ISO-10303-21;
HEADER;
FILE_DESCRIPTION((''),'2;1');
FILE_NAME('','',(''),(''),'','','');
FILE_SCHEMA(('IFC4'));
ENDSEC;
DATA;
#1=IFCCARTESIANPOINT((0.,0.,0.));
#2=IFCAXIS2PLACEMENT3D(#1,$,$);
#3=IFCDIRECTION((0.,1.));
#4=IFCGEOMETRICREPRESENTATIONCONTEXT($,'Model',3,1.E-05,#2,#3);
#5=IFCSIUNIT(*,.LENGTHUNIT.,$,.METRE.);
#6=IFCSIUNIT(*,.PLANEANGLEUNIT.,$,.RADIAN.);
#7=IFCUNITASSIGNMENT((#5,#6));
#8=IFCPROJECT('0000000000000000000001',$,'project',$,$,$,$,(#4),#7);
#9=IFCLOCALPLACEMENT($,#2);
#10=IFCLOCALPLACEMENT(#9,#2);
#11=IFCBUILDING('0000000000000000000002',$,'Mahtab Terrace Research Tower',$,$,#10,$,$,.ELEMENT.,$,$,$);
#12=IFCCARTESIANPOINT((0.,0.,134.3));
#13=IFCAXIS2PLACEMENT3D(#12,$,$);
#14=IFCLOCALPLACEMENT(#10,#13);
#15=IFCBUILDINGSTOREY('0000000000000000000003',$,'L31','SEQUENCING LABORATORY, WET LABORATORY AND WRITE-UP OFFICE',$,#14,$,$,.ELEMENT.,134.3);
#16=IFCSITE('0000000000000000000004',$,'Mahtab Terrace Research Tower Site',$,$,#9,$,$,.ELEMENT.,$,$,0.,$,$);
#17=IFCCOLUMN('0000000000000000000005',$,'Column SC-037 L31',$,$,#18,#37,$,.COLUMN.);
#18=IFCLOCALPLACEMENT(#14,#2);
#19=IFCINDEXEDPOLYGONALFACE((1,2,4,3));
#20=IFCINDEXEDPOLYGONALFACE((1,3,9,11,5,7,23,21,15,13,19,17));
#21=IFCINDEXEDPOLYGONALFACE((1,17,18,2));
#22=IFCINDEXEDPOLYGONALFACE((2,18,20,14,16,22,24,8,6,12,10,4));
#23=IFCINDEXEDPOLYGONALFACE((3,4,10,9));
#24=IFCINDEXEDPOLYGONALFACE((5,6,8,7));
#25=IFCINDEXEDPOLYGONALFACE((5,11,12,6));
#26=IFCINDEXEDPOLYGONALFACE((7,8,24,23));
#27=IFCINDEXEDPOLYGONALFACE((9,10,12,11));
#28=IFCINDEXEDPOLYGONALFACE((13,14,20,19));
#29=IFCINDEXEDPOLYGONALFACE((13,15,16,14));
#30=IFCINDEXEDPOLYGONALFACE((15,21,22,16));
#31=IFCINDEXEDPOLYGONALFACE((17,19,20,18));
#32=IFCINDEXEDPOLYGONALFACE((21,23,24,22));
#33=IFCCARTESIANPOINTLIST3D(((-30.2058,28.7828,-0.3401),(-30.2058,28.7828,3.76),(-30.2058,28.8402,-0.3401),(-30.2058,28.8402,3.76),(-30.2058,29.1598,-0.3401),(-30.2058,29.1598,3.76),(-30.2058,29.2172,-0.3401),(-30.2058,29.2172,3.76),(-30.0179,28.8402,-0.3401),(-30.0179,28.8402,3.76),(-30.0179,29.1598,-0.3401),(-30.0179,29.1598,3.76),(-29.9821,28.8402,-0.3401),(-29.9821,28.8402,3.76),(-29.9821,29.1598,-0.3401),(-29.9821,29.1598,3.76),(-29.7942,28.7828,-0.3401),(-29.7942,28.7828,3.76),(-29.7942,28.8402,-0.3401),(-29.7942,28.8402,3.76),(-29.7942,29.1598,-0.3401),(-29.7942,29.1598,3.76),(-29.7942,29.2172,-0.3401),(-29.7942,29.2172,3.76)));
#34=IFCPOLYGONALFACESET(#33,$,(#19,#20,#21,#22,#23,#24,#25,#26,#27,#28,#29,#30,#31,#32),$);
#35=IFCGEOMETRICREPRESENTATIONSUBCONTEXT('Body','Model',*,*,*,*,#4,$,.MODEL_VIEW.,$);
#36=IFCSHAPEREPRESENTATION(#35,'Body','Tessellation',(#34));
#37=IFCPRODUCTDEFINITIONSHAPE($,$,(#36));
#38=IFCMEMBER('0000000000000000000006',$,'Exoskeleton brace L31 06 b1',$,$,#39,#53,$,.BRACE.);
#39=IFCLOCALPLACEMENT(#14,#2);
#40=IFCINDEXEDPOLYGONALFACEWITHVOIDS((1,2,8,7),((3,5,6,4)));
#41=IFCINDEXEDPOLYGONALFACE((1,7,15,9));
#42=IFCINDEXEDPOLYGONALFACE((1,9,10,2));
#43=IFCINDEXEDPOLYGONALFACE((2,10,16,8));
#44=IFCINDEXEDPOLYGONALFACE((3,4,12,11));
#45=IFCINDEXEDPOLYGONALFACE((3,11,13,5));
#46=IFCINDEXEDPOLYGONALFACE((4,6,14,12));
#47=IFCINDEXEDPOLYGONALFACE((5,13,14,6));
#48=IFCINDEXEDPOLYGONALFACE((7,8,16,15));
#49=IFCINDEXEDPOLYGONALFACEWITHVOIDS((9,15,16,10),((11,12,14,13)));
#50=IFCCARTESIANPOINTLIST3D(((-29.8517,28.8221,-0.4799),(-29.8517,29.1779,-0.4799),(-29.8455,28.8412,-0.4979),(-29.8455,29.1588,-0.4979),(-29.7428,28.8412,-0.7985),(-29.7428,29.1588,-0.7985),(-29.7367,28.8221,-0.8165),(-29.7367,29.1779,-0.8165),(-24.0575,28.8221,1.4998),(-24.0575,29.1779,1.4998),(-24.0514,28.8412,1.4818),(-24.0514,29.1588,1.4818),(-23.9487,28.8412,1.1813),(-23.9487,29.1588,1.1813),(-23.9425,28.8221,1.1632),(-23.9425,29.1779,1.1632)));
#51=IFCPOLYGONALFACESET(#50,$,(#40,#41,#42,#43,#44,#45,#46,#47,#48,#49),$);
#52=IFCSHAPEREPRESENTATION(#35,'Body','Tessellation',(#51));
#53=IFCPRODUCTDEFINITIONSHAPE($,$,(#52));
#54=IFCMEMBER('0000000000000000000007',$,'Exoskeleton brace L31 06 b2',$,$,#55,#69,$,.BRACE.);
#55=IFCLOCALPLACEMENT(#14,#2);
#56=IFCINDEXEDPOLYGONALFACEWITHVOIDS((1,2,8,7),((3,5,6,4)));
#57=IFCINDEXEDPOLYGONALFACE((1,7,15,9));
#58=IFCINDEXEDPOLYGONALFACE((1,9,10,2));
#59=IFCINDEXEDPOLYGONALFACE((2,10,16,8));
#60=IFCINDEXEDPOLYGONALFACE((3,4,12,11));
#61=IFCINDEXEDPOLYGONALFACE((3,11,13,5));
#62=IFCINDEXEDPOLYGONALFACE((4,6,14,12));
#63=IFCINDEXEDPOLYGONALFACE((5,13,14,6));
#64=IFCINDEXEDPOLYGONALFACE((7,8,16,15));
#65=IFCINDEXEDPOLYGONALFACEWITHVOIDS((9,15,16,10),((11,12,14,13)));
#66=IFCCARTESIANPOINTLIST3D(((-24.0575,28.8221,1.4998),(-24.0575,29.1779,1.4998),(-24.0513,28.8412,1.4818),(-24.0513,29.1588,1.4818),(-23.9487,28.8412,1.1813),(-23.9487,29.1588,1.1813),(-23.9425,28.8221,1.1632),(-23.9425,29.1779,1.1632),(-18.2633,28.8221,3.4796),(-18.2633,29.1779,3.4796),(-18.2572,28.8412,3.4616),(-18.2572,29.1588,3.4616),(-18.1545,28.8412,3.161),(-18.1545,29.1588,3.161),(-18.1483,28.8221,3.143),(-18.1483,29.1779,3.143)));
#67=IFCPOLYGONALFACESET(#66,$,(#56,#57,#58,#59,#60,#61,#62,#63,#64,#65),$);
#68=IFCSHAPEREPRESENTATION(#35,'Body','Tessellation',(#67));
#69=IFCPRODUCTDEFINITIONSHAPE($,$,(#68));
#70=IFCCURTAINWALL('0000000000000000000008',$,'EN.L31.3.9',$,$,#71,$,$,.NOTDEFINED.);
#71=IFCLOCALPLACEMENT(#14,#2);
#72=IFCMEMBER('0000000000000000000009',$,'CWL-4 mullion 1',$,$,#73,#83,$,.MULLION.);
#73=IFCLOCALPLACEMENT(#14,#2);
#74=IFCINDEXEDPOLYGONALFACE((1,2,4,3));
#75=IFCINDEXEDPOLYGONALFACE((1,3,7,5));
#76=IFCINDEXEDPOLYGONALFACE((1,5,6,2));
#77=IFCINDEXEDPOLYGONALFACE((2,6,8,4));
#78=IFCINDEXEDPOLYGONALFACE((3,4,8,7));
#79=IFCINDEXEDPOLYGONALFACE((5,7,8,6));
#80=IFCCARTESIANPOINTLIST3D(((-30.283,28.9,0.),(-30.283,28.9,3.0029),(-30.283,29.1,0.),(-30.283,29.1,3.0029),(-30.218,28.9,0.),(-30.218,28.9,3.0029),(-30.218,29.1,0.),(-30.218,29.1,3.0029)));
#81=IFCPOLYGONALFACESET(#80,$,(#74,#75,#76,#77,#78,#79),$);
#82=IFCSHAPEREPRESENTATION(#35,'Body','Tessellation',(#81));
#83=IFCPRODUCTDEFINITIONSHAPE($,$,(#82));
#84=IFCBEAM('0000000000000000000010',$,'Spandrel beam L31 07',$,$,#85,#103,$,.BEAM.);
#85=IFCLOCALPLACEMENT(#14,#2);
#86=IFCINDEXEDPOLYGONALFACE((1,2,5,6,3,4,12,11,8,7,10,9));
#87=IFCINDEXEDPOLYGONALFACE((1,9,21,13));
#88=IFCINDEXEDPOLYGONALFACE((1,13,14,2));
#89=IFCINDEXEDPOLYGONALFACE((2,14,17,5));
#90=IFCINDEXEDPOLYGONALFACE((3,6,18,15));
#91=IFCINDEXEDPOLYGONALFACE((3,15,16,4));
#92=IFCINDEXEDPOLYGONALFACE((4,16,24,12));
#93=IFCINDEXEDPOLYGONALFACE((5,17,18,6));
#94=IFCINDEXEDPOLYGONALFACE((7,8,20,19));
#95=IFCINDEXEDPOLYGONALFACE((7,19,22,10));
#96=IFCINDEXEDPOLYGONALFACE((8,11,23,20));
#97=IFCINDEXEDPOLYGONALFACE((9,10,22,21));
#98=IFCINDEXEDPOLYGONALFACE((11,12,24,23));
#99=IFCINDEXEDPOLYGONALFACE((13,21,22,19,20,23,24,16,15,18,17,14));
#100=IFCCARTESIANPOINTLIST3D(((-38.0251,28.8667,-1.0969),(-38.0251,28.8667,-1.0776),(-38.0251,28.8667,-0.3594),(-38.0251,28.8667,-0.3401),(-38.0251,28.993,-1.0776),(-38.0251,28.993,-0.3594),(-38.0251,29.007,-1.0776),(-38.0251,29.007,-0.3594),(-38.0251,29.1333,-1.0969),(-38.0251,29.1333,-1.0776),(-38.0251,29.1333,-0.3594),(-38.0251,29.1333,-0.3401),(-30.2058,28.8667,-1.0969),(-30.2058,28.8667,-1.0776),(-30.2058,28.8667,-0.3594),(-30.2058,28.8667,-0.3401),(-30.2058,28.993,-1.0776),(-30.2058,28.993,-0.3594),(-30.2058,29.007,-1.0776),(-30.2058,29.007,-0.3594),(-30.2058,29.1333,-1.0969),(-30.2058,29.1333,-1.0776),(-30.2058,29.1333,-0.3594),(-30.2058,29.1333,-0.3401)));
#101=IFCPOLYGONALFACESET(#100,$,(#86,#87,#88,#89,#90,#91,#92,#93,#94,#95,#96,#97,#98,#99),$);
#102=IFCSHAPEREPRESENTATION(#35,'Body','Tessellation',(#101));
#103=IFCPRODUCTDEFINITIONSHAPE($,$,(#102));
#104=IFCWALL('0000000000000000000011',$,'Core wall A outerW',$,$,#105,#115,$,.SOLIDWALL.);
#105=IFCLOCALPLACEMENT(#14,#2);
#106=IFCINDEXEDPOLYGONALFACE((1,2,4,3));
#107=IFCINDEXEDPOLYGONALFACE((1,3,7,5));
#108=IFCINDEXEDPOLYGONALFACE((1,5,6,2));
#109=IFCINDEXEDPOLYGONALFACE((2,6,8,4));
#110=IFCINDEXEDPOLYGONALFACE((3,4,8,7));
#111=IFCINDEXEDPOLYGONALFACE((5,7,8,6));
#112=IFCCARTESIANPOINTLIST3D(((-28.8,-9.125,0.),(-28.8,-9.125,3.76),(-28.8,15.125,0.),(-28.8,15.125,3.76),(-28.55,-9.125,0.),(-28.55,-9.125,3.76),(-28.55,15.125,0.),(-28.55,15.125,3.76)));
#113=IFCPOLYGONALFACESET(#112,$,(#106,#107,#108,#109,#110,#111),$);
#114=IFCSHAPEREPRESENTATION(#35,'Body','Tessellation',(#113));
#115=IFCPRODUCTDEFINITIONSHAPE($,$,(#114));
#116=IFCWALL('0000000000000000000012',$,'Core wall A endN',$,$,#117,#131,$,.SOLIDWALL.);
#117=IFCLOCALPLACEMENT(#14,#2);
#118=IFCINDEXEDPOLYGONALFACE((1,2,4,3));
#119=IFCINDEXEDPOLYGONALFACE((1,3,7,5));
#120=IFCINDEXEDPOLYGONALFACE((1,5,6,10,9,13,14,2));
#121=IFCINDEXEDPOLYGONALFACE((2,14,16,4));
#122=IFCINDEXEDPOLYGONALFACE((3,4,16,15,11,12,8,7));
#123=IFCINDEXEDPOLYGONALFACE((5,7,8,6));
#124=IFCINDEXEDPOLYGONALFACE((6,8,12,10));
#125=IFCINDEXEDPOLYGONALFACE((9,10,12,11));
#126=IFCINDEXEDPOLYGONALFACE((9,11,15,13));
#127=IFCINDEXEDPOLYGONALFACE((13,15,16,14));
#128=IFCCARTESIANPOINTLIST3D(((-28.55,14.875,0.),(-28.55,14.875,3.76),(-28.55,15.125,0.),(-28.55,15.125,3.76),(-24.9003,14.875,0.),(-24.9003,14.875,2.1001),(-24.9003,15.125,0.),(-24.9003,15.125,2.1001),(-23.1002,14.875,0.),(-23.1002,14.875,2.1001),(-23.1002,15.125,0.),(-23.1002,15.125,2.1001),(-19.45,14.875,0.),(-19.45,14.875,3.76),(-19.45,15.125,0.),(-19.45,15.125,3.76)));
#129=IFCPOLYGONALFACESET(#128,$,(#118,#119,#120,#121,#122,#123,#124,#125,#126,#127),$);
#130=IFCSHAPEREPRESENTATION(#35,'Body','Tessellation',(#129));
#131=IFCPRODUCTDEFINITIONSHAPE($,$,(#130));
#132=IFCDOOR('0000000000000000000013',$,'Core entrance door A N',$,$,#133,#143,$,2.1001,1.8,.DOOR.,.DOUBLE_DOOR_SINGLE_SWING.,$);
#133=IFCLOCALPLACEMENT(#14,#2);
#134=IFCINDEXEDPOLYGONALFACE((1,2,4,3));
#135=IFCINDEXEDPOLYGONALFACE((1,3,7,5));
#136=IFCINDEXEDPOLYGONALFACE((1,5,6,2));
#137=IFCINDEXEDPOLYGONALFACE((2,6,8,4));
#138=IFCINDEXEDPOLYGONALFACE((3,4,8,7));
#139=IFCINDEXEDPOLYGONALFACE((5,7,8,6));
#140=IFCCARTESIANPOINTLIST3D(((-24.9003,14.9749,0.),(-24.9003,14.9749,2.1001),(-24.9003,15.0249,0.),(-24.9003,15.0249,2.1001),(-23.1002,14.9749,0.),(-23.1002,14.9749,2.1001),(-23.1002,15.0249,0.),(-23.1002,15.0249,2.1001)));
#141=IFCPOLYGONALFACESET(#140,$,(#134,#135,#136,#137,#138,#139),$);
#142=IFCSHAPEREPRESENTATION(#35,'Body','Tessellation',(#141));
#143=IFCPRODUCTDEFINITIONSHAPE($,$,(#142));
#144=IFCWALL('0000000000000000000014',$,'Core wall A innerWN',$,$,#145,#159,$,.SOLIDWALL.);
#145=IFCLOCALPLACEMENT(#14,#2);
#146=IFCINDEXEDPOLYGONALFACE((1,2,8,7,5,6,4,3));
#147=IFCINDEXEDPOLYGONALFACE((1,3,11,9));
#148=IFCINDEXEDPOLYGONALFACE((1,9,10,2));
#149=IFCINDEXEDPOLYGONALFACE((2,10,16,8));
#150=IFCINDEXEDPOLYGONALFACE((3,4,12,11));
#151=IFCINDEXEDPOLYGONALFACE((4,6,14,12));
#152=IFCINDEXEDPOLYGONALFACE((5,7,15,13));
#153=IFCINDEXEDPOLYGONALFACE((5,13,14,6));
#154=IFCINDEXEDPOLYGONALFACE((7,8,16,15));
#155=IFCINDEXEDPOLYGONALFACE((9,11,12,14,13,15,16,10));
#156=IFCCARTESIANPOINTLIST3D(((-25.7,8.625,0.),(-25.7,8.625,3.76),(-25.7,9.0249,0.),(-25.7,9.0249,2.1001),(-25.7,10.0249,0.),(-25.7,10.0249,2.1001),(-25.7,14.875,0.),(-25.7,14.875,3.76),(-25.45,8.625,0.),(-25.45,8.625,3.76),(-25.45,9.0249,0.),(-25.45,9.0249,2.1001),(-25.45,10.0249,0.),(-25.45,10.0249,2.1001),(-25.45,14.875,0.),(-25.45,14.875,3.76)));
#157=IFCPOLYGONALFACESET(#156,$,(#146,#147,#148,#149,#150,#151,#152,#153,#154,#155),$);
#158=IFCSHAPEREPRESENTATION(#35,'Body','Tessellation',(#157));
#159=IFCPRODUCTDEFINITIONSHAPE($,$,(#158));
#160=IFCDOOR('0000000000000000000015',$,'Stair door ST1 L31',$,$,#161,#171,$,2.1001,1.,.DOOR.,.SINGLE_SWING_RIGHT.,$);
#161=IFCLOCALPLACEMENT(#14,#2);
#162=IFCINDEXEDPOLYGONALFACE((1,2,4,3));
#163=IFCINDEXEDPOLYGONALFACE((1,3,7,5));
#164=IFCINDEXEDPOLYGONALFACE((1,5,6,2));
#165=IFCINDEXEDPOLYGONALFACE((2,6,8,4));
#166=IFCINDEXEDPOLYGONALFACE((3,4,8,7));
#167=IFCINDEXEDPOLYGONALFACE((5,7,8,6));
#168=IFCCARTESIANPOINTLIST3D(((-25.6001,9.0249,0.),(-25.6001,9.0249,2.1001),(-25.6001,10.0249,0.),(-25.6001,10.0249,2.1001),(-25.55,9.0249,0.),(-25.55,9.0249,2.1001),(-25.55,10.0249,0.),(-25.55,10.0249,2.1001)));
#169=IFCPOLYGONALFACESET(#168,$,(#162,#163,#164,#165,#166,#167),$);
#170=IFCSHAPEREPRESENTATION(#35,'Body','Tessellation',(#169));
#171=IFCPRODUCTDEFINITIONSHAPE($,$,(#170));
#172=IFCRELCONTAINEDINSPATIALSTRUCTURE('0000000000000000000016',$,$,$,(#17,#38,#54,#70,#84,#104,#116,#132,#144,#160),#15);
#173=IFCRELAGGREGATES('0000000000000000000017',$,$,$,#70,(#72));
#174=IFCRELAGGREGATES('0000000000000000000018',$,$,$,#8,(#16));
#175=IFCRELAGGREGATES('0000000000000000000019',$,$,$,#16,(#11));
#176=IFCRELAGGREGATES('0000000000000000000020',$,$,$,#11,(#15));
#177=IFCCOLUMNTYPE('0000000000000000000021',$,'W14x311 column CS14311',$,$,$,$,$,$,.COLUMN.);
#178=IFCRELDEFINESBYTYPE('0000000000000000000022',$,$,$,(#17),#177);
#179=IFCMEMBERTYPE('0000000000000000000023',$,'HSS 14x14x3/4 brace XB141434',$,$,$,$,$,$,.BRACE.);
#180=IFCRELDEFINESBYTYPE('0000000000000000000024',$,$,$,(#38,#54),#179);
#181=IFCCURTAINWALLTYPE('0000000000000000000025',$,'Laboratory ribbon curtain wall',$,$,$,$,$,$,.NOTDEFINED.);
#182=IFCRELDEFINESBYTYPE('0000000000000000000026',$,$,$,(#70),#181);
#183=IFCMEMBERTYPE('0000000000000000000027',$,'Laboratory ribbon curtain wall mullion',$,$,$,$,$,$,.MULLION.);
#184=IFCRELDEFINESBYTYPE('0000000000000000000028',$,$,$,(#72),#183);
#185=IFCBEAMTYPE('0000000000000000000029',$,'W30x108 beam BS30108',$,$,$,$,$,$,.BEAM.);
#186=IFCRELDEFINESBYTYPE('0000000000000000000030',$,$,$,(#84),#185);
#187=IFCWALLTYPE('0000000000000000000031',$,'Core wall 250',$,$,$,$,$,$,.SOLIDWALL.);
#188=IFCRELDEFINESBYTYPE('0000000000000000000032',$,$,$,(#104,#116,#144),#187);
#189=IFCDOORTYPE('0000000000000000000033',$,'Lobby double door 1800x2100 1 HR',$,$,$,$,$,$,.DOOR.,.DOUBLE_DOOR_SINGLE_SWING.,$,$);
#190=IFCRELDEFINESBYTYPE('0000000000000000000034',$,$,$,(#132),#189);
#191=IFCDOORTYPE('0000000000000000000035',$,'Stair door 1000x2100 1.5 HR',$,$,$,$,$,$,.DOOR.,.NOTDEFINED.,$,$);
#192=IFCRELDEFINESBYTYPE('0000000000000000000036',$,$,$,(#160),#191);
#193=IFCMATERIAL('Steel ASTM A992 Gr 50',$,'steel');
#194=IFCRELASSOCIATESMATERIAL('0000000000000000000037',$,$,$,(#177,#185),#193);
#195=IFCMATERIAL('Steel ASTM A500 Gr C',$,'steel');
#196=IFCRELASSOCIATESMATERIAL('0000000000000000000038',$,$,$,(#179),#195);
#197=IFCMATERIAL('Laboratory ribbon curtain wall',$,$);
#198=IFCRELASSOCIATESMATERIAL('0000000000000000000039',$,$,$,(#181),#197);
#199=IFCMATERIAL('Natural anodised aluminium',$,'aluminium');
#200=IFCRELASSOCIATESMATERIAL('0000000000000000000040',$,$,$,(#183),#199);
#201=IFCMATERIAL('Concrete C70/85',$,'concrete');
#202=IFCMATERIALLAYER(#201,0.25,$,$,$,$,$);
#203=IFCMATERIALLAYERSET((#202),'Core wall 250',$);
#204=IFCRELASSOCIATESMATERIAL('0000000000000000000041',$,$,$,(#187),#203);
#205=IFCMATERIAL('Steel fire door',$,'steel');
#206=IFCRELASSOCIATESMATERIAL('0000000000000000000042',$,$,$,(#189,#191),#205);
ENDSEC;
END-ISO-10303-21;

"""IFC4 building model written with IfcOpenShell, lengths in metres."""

from ifc_helpers import new_model, si_unit, direction, frame, frame_2d, origin, origin_2d, place, context, subcontext, project, spatial, rectangle, hollow_rectangle, i_section, extrude, material, layer, layer_set, material_profile, profile_set, type_object, element, fill, aggregate, save


model = new_model("IFC4")

# Units and contexts
model_context = context("Model", 3, precision=1e-05, world=origin(), true_north=direction((0.0, 1.0)))
body_context = subcontext(model_context, "Body", "Model", "MODEL_VIEW")
ifc_project = project(units=[si_unit("LENGTHUNIT", "METRE"), si_unit("PLANEANGLEUNIT", "RADIAN")], contexts=[model_context])

# Site, building, storey
site_placement = place(None, origin())
site = spatial("IfcSite", under=ifc_project, at=site_placement, Name="Mahtab Terrace Research Tower Site", CompositionType="ELEMENT", RefElevation=0.0)
building_placement = place(site_placement, origin())
building = spatial("IfcBuilding", under=site, at=building_placement, Name="Mahtab Terrace Research Tower", CompositionType="ELEMENT")
storey_placement = place(building_placement, frame((0.0, 0.0, 134.3)))
storey = spatial("IfcBuildingStorey", under=building, at=storey_placement, Name="L31", Description="SEQUENCING LABORATORY, WET LABORATORY AND WRITE-UP OFFICE", CompositionType="ELEMENT", Elevation=134.3)

# Column
ifc_material_1 = material(Name="Steel ASTM A992 Gr 50", Category="steel")
ifc_material_profile_1 = material_profile(ifc_material_1, i_section(OverallWidth=0.4116, OverallDepth=0.4343, WebThickness=0.0359, FlangeThickness=0.0574, at=origin_2d()), Name="W14X311")
ifc_profile_set_1 = profile_set([ifc_material_profile_1], Name="Steel ASTM A992 Gr 50")
column_type = type_object("IfcColumnType", Name="W14x311 column CS14311", PredefinedType="COLUMN", material=ifc_profile_set_1)
column_placement = place(storey_placement, frame((-30.0, 29.0, -0.3401), z_axis=(0.0, 0.0, 1.0), x_axis=(1.0, 0.0, 0.0)))
element("IfcColumn", 1, at=column_placement, inside=storey, type_object=column_type, Name="Column SC-037 L31", PredefinedType="COLUMN", context=body_context, shape_type="SweptSolid", body=[
    extrude(i_section(OverallWidth=0.4116, OverallDepth=0.4343, WebThickness=0.0359, FlangeThickness=0.0574, at=origin_2d()), origin(), (0.0, 0.0, 1.0), 4.1001),
])

# Members
ifc_material_2 = material(Name="Steel ASTM A500 Gr C", Category="steel")
ifc_material_profile_2 = material_profile(ifc_material_2, hollow_rectangle(XDim=0.3557, YDim=0.3557, WallThickness=0.019, at=origin_2d()), Name="HSS14X14X3/4")
ifc_profile_set_2 = profile_set([ifc_material_profile_2], Name="Steel ASTM A500 Gr C")
member_type_1 = type_object("IfcMemberType", Name="HSS 14x14x3/4 brace XB141434", PredefinedType="BRACE", material=ifc_profile_set_2)
for number, where, z_axis, x_axis, name in (
    (2, (-29.7942, 29.0, -0.6482), (0.946288, 0.0, 0.323324), (0.0, 1.0, 0.0), "Exoskeleton brace L31 06 b1"),
    (3, (-24.0, 29.0, 1.3315), (0.946288, 0.0, 0.323324), (0.0, 1.0, 0.0), "Exoskeleton brace L31 06 b2"),
):
    element("IfcMember", number, at=place(storey_placement, frame(where, z_axis=z_axis, x_axis=x_axis)), inside=storey, type_object=member_type_1, Name=name, PredefinedType="BRACE", context=body_context, shape_type="SweptSolid", body=[
        extrude(hollow_rectangle(XDim=0.3557, YDim=0.3557, WallThickness=0.019, at=origin_2d()), origin(), (0.0, 0.0, 1.0), 6.123),
    ])

# Curtain wall, member
ifc_material_3 = material(Name="Laboratory ribbon curtain wall")
curtain_wall_type = type_object("IfcCurtainWallType", Name="Laboratory ribbon curtain wall", PredefinedType="NOTDEFINED", material=ifc_material_3)
curtain_wall_placement = place(storey_placement, origin())
curtain_wall = element("IfcCurtainWall", 4, at=curtain_wall_placement, inside=storey, type_object=curtain_wall_type, Name="EN.L31.3.9", PredefinedType="NOTDEFINED")
ifc_material_4 = material(Name="Natural anodised aluminium", Category="aluminium")
ifc_material_profile_3 = material_profile(ifc_material_4, rectangle(XDim=0.2, YDim=0.0649, at=origin_2d()), Name="MULLION 65x200")
ifc_profile_set_3 = profile_set([ifc_material_profile_3], Name="Natural anodised aluminium")
member_type_2 = type_object("IfcMemberType", Name="Laboratory ribbon curtain wall mullion", PredefinedType="MULLION", material=ifc_profile_set_3)
member_placement = place(storey_placement, frame((-30.2505, 29.0, 0.0), z_axis=(0.0, 0.0, 1.0), x_axis=(0.0, -1.0, 0.0)))
member = element("IfcMember", 5, at=member_placement, type_object=member_type_2, Name="CWL-4 mullion 1", PredefinedType="MULLION", context=body_context, shape_type="SweptSolid", body=[
    extrude(rectangle(XDim=0.2, YDim=0.0649, at=origin_2d()), origin(), (0.0, 0.0, 1.0), 3.0029),
])
aggregate(curtain_wall, [member])

# Beam
ifc_material_profile_4 = material_profile(ifc_material_1, i_section(OverallWidth=0.2666, OverallDepth=0.7568, WebThickness=0.0139, FlangeThickness=0.0193, at=origin_2d()), Name="W30X108")
ifc_profile_set_4 = profile_set([ifc_material_profile_4], Name="Steel ASTM A992 Gr 50")
beam_type = type_object("IfcBeamType", Name="W30x108 beam BS30108", PredefinedType="BEAM", material=ifc_profile_set_4)
beam_placement = place(storey_placement, frame((-30.2058, 29.0, -0.7185), z_axis=(-1.0, 0.0, 0.0), x_axis=(0.0, -1.0, 0.0)))
element("IfcBeam", 6, at=beam_placement, inside=storey, type_object=beam_type, Name="Spandrel beam L31 07", PredefinedType="BEAM", context=body_context, shape_type="SweptSolid", body=[
    extrude(i_section(OverallWidth=0.2666, OverallDepth=0.7568, WebThickness=0.0139, FlangeThickness=0.0193, at=origin_2d()), origin(), (0.0, 0.0, 1.0), 7.8193),
])

# Wall
ifc_material_5 = material(Name="Concrete C70/85", Category="concrete")
ifc_layer_1 = layer(ifc_material_5, 0.25)
ifc_layer_set_1 = layer_set([ifc_layer_1], Name="Core wall 250")
wall_type_1 = type_object("IfcWallType", Name="Core wall 250", PredefinedType="SOLIDWALL", material=ifc_layer_set_1)
wall_1_placement = place(storey_placement, frame((-28.675, 15.125, 0.0), z_axis=(0.0, 0.0, 1.0), x_axis=(0.0, -1.0, 0.0)))
element("IfcWall", 7, at=wall_1_placement, inside=storey, type_object=wall_type_1, Name="Core wall A outerW", PredefinedType="SOLIDWALL", context=body_context, shape_type="SweptSolid", body=[
    extrude(rectangle(XDim=24.25, YDim=0.25, at=frame_2d((12.125, 0.0))), origin(), (0.0, 0.0, 1.0), 3.76),
])

# Walls, openings, doors
wall_2_placement = place(storey_placement, frame((-28.55, 15.0, 0.0), z_axis=(0.0, 0.0, 1.0), x_axis=(1.0, 0.0, 0.0)))
wall_2 = element("IfcWall", 8, at=wall_2_placement, inside=storey, type_object=wall_type_1, Name="Core wall A endN", PredefinedType="SOLIDWALL", context=body_context, shape_type="SweptSolid", body=[
    extrude(rectangle(XDim=9.1001, YDim=0.25, at=frame_2d((4.55, 0.0))), origin(), (0.0, 0.0, 1.0), 3.76),
])
opening_1_placement = place(wall_2_placement, frame((3.6499, 0.0, 0.0)))
opening_1 = element("IfcOpeningElement", 9, at=opening_1_placement, cuts=wall_2, PredefinedType="OPENING", context=body_context, shape_type="SweptSolid", body=[
    extrude(rectangle(XDim=1.8, YDim=2.1001, at=frame_2d((0.8999, 1.05))), frame((0.0, 0.135, 0.0), z_axis=(0.0, -1.0, 0.0), x_axis=(1.0, 0.0, 0.0)), (0.0, 0.0, 1.0), 0.27),
])
ifc_material_6 = material(Name="Steel fire door", Category="steel")
door_type_1 = type_object("IfcDoorType", Name="Lobby double door 1800x2100 1 HR", OperationType="DOUBLE_DOOR_SINGLE_SWING", PredefinedType="DOOR", material=ifc_material_6)
door_1_placement = place(opening_1_placement, origin())
door_1 = element("IfcDoor", 10, at=door_1_placement, inside=storey, type_object=door_type_1, Name="Core entrance door A N", OperationType="DOUBLE_DOOR_SINGLE_SWING", OverallHeight=2.1001, OverallWidth=1.8, PredefinedType="DOOR", context=body_context, shape_type="SweptSolid", body=[
    extrude(rectangle(XDim=1.8, YDim=2.1001, at=frame_2d((0.8999, 1.05))), frame((0.0, 0.0249, 0.0), z_axis=(0.0, -1.0, 0.0), x_axis=(1.0, 0.0, 0.0)), (0.0, 0.0, 1.0), 0.05),
])
fill(opening_1, door_1)
wall_3_placement = place(storey_placement, frame((-25.575, 14.875, 0.0), z_axis=(0.0, 0.0, 1.0), x_axis=(0.0, -1.0, 0.0)))
wall_3 = element("IfcWall", 11, at=wall_3_placement, inside=storey, type_object=wall_type_1, Name="Core wall A innerWN", PredefinedType="SOLIDWALL", context=body_context, shape_type="SweptSolid", body=[
    extrude(rectangle(XDim=6.25, YDim=0.25, at=frame_2d((3.125, 0.0))), origin(), (0.0, 0.0, 1.0), 3.76),
])
opening_2_placement = place(wall_3_placement, frame((4.8501, 0.0, 0.0)))
opening_2 = element("IfcOpeningElement", 12, at=opening_2_placement, cuts=wall_3, PredefinedType="OPENING", context=body_context, shape_type="SweptSolid", body=[
    extrude(rectangle(XDim=1.0, YDim=2.1001, at=frame_2d((0.5, 1.05))), frame((0.0, 0.135, 0.0), z_axis=(0.0, -1.0, 0.0), x_axis=(1.0, 0.0, 0.0)), (0.0, 0.0, 1.0), 0.27),
])
door_type_2 = type_object("IfcDoorType", Name="Stair door 1000x2100 1.5 HR", OperationType="NOTDEFINED", PredefinedType="DOOR", material=ifc_material_6)
door_2_placement = place(opening_2_placement, origin())
door_2 = element("IfcDoor", 13, at=door_2_placement, inside=storey, type_object=door_type_2, Name="Stair door ST1 L31", OperationType="SINGLE_SWING_RIGHT", OverallHeight=2.1001, OverallWidth=1.0, PredefinedType="DOOR", context=body_context, shape_type="SweptSolid", body=[
    extrude(rectangle(XDim=1.0, YDim=2.1001, at=frame_2d((0.5, 1.05))), frame((0.0, 0.0249, 0.0), z_axis=(0.0, -1.0, 0.0), x_axis=(1.0, 0.0, 0.0)), (0.0, 0.0, 1.0), 0.05),
])
fill(opening_2, door_2)

save(model, "model.ifc")
